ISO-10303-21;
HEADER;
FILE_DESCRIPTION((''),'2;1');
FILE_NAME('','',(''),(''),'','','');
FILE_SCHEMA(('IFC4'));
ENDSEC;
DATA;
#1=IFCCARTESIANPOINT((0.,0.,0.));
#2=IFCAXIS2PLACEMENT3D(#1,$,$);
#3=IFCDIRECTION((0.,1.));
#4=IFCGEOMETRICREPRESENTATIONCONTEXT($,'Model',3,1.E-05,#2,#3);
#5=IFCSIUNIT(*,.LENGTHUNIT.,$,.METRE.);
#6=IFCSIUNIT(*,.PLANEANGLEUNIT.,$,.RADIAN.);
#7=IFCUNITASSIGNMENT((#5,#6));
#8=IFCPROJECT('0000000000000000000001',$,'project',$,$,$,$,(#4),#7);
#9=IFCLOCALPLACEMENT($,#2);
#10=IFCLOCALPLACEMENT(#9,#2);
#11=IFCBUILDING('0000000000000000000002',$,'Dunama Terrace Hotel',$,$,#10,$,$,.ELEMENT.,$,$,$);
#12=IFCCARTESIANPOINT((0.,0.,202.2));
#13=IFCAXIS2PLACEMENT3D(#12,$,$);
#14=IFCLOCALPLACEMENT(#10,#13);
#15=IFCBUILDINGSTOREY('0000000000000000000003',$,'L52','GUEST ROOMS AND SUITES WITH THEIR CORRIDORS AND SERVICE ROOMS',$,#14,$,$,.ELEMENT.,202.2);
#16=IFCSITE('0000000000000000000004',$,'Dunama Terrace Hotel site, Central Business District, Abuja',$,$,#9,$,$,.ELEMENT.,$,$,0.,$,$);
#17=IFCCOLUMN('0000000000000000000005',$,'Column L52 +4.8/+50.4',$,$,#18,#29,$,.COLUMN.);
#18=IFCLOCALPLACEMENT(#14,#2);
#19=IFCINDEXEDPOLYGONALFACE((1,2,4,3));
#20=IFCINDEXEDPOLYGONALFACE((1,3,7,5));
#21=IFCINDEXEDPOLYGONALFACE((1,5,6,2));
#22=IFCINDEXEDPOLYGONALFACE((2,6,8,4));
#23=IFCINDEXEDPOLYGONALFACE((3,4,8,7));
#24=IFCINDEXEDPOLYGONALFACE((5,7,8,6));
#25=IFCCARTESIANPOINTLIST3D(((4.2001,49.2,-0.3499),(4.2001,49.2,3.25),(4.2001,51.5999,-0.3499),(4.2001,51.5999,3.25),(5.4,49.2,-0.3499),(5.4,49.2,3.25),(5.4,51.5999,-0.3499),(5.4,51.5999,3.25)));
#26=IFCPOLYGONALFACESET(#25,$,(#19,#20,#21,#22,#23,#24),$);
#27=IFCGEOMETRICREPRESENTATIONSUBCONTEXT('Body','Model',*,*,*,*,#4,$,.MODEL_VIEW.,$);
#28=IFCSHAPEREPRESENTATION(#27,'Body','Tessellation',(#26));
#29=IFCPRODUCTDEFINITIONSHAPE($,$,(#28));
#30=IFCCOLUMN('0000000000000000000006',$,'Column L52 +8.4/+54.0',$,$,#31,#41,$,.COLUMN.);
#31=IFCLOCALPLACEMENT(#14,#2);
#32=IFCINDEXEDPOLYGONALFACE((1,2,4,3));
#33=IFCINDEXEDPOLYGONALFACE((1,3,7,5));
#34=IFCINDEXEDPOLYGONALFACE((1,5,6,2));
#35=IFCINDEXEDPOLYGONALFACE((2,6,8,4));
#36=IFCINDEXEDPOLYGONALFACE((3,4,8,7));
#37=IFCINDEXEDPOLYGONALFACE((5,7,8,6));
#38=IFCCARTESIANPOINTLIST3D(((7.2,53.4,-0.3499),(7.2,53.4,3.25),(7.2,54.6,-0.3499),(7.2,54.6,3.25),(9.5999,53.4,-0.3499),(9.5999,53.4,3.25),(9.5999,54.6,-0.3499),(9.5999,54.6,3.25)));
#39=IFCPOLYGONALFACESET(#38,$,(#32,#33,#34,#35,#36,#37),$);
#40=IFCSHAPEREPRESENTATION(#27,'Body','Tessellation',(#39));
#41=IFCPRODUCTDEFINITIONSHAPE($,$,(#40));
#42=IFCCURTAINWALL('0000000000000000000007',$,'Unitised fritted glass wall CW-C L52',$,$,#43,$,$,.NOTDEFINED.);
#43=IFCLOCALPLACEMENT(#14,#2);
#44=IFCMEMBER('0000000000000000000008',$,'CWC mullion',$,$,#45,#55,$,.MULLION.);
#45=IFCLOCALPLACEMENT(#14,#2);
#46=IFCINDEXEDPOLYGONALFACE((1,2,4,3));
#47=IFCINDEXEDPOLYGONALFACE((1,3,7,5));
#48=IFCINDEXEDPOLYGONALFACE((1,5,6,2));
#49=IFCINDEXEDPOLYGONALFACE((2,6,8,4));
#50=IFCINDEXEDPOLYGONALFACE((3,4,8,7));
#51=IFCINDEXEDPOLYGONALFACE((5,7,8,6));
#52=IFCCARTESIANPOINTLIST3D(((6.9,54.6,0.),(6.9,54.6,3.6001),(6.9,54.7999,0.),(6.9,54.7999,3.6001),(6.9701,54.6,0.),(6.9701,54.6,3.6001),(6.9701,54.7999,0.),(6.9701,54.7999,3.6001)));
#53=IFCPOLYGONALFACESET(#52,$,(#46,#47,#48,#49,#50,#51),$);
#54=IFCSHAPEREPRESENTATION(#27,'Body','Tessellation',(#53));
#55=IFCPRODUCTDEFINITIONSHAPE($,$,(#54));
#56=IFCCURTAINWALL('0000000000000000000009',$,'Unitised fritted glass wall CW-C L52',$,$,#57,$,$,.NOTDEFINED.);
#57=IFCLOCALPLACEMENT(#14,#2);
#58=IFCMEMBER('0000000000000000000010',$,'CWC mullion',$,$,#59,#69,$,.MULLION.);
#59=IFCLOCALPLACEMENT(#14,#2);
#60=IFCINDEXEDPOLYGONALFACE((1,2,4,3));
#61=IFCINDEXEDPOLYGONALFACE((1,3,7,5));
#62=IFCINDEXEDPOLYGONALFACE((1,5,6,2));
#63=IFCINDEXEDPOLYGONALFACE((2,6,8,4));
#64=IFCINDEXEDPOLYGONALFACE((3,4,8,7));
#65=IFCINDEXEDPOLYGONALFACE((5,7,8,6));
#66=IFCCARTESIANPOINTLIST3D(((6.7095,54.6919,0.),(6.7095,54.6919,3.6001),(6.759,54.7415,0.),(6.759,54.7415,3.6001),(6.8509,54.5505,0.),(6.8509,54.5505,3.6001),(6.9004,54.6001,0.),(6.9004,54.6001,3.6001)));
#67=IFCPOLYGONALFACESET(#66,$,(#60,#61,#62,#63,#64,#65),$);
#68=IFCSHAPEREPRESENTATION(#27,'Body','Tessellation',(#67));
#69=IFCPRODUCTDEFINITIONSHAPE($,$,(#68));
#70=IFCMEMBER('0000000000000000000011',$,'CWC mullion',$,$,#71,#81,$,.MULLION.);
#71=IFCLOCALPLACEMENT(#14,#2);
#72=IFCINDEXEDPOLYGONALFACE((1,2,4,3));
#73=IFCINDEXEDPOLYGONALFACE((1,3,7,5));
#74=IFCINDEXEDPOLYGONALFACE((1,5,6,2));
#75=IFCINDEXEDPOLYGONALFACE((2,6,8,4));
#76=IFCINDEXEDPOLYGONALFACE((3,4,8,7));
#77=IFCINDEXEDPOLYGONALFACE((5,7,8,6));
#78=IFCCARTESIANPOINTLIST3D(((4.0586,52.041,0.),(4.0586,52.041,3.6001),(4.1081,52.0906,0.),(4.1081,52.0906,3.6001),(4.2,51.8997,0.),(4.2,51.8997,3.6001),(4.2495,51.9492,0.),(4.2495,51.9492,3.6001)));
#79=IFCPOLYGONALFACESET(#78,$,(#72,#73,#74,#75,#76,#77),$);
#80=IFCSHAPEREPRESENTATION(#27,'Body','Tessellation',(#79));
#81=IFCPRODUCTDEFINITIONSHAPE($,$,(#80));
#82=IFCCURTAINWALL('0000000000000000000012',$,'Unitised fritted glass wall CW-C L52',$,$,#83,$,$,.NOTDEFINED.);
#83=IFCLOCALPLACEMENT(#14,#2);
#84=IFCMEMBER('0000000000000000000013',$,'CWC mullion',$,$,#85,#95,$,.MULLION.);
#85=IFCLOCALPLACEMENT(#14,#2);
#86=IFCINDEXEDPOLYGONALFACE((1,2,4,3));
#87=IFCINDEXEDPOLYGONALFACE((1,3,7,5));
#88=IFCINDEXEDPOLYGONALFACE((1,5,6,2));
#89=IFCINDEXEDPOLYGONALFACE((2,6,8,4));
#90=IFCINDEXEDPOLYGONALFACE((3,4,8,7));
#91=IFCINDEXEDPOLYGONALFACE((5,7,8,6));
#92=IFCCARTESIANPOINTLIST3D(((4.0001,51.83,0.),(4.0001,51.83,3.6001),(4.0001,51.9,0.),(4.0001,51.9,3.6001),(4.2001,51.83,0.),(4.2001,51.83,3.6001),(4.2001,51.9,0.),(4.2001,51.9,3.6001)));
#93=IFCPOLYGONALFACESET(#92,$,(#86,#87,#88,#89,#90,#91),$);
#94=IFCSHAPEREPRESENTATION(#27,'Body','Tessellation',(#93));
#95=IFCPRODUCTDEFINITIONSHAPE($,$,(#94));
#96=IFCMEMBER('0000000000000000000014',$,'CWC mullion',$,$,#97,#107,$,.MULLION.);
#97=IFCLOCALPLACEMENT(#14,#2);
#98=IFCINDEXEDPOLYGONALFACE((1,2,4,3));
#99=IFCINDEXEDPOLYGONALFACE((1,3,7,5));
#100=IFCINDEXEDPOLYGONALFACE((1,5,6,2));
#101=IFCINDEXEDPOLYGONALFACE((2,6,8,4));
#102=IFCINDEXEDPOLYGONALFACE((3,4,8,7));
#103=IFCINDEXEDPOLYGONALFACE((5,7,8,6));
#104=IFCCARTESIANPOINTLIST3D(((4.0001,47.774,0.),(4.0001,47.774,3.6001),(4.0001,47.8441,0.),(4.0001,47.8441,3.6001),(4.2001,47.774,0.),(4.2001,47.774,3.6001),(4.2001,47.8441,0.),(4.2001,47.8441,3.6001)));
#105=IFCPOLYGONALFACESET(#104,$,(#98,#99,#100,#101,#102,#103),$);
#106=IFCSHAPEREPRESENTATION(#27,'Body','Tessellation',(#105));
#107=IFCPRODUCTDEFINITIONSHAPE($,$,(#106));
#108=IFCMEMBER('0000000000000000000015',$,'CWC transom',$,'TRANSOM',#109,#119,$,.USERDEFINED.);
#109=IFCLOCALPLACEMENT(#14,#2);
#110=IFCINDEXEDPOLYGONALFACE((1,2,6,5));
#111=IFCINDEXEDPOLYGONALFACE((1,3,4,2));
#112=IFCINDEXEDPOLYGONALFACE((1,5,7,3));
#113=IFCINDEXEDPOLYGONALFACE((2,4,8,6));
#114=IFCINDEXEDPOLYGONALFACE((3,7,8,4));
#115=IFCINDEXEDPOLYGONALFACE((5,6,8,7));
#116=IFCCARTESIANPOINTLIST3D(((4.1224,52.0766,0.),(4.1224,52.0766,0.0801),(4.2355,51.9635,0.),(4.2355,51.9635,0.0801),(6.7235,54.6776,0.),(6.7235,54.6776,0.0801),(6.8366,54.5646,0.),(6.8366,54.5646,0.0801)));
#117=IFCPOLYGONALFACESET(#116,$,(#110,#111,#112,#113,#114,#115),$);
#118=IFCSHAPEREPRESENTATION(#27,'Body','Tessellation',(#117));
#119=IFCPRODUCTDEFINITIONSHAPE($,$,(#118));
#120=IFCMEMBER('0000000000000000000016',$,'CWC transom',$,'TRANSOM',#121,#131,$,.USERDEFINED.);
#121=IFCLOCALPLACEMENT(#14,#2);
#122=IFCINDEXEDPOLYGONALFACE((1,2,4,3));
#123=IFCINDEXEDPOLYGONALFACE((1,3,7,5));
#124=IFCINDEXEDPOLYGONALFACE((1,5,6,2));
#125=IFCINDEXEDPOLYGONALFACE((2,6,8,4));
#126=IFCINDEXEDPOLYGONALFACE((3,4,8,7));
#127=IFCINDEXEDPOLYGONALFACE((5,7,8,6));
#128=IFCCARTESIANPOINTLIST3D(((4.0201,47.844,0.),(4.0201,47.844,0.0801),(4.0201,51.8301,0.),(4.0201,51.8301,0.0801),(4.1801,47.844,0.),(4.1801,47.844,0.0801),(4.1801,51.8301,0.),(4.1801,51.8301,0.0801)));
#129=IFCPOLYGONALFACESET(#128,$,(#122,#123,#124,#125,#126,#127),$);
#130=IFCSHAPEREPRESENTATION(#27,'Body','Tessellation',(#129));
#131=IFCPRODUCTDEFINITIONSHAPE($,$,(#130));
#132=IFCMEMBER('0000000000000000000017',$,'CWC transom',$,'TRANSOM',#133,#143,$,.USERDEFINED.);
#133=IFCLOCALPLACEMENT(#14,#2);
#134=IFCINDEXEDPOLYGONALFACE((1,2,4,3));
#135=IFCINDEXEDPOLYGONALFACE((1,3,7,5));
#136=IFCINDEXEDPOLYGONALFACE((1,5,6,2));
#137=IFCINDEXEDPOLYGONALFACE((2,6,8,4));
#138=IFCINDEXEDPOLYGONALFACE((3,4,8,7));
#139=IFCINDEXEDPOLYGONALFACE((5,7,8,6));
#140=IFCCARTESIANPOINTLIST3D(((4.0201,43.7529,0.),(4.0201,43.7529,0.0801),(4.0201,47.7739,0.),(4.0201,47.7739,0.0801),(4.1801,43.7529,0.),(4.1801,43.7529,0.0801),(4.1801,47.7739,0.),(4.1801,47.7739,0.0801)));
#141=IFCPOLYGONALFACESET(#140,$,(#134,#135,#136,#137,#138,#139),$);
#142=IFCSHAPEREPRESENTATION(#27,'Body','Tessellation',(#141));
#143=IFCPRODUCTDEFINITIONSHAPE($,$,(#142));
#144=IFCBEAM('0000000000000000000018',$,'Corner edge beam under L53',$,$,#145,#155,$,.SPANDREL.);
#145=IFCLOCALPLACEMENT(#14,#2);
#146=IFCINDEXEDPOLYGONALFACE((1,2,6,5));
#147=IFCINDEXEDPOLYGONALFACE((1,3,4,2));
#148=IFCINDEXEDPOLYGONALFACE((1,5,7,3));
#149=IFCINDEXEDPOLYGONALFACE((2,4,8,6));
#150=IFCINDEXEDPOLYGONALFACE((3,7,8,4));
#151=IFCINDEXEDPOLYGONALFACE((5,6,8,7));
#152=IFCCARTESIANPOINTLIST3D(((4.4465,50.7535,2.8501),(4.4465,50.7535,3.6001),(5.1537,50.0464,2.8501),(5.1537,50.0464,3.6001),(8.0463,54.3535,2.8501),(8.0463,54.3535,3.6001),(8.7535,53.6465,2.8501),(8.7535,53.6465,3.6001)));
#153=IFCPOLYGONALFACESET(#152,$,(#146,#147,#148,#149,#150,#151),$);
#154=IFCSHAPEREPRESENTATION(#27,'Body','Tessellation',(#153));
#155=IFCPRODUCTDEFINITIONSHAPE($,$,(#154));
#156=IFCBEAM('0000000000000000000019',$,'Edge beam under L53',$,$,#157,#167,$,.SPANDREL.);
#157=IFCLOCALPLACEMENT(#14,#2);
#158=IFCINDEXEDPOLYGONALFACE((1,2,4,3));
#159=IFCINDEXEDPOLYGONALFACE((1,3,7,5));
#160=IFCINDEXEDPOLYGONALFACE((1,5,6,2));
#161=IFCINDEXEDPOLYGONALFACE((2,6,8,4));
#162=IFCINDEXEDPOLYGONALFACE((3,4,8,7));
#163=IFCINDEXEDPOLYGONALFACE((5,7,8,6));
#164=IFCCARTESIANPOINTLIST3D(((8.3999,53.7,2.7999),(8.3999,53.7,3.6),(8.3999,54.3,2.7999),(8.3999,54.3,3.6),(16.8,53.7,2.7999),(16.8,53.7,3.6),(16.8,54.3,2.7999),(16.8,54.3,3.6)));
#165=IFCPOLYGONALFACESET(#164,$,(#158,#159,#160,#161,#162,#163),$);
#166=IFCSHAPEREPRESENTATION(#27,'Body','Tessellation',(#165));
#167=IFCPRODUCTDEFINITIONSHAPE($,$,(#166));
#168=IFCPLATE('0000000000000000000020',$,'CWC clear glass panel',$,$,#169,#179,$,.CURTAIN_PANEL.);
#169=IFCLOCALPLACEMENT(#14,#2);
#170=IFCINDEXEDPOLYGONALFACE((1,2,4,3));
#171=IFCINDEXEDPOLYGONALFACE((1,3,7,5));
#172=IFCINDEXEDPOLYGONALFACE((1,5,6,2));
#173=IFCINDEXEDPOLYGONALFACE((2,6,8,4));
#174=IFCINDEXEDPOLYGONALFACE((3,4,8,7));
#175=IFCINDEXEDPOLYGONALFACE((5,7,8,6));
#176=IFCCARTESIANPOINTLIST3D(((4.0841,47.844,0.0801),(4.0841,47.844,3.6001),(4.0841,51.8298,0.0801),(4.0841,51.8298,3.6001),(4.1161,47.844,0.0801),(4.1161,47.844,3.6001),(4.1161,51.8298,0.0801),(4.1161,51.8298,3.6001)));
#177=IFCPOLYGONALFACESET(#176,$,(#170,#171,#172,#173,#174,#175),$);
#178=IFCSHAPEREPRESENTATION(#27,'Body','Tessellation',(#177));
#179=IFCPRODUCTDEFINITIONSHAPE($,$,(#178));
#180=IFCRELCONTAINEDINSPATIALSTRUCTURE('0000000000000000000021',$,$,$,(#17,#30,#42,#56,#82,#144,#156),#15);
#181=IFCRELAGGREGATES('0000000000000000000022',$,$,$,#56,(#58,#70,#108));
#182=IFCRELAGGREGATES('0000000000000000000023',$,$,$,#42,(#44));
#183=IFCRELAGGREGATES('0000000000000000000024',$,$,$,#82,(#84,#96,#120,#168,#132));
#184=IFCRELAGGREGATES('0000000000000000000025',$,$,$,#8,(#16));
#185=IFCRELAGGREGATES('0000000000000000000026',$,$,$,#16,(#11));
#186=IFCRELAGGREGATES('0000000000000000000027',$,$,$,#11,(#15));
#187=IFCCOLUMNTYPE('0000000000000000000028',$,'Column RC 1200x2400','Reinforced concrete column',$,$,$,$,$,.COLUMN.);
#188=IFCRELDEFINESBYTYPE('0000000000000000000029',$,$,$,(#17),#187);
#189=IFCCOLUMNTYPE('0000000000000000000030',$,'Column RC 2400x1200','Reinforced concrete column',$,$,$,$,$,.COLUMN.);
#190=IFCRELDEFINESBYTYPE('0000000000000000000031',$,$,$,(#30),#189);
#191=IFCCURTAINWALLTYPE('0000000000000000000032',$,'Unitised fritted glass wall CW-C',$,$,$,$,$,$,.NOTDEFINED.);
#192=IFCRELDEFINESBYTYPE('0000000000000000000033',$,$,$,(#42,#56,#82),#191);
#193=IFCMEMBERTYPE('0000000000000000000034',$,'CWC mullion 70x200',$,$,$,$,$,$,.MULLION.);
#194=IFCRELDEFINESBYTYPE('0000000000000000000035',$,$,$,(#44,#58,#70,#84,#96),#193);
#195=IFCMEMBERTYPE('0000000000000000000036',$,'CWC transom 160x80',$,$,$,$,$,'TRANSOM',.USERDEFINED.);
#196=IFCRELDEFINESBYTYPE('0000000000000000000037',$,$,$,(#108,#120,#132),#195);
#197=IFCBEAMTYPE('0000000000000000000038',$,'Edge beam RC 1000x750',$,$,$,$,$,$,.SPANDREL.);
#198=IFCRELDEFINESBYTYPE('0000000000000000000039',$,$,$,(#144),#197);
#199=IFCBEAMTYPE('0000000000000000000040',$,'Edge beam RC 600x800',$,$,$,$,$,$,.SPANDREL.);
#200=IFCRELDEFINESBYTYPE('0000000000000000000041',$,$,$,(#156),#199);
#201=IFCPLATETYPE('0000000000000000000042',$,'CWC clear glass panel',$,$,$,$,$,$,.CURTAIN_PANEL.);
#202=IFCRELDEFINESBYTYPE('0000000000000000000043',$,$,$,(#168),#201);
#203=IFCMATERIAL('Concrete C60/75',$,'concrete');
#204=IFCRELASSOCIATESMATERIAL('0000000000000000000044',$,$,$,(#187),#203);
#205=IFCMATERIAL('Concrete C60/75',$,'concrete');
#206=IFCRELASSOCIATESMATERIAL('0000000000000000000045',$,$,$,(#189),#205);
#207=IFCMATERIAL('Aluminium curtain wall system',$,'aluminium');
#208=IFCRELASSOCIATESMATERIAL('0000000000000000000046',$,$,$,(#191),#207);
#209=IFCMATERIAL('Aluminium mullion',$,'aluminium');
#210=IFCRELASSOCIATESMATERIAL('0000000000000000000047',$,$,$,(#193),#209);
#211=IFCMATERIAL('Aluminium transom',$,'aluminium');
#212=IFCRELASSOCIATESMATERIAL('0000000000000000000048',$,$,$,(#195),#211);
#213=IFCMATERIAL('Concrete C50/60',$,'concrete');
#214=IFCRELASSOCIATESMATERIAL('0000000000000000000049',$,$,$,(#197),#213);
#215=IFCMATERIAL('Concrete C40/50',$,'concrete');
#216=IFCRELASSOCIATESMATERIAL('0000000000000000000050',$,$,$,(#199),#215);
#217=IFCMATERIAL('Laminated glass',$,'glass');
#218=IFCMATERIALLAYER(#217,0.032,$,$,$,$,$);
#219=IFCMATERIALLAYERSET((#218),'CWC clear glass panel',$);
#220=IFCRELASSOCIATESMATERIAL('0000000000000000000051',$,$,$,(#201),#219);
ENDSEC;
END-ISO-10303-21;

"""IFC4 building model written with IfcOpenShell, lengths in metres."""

from ifc_helpers import new_model, si_unit, direction, frame, origin, origin_2d, place, context, subcontext, project, spatial, rectangle, extrude, material, layer, layer_set, material_profile, profile_set, type_object, element, aggregate, save


model = new_model("IFC4")

# Units and contexts
model_context = context("Model", 3, precision=1e-05, world=origin(), true_north=direction((0.0, 1.0)))
body_context = subcontext(model_context, "Body", "Model", "MODEL_VIEW")
ifc_project = project(units=[si_unit("LENGTHUNIT", "METRE"), si_unit("PLANEANGLEUNIT", "RADIAN")], contexts=[model_context])

# Site, building, storey
site_placement = place(None, origin())
site = spatial("IfcSite", under=ifc_project, at=site_placement, Name="Dunama Terrace Hotel site, Central Business District, Abuja", CompositionType="ELEMENT", RefElevation=0.0)
building_placement = place(site_placement, origin())
building = spatial("IfcBuilding", under=site, at=building_placement, Name="Dunama Terrace Hotel", CompositionType="ELEMENT")
storey_placement = place(building_placement, frame((0.0, 0.0, 202.2)))
storey = spatial("IfcBuildingStorey", under=building, at=storey_placement, Name="L52", Description="GUEST ROOMS AND SUITES WITH THEIR CORRIDORS AND SERVICE ROOMS", CompositionType="ELEMENT", Elevation=202.2)

# Columns
ifc_material_1 = material(Name="Concrete C60/75", Category="concrete")
ifc_material_profile_1 = material_profile(ifc_material_1, rectangle(XDim=1.2, YDim=2.3999, at=origin_2d()), Name="RC 1200x2400")
ifc_profile_set_1 = profile_set([ifc_material_profile_1], Name="Concrete C60/75")
column_type_1 = type_object("IfcColumnType", Name="Column RC 1200x2400", Description="Reinforced concrete column", PredefinedType="COLUMN", material=ifc_profile_set_1)
column_1_placement = place(storey_placement, frame((4.8, 50.3999, -0.3499), z_axis=(0.0, 0.0, 1.0), x_axis=(1.0, 0.0, 0.0)))
element("IfcColumn", 1, at=column_1_placement, inside=storey, type_object=column_type_1, Name="Column L52 +4.8/+50.4", PredefinedType="COLUMN", context=body_context, shape_type="SweptSolid", body=[
    extrude(rectangle(XDim=1.2, YDim=2.3999, at=origin_2d()), origin(), (0.0, 0.0, 1.0), 3.5999),
])
ifc_material_2 = material(Name="Concrete C60/75", Category="concrete")
ifc_material_profile_2 = material_profile(ifc_material_2, rectangle(XDim=2.3999, YDim=1.2, at=origin_2d()), Name="RC 2400x1200")
ifc_profile_set_2 = profile_set([ifc_material_profile_2], Name="Concrete C60/75")
column_type_2 = type_object("IfcColumnType", Name="Column RC 2400x1200", Description="Reinforced concrete column", PredefinedType="COLUMN", material=ifc_profile_set_2)
column_2_placement = place(storey_placement, frame((8.3999, 54.0, -0.3499), z_axis=(0.0, 0.0, 1.0), x_axis=(1.0, 0.0, 0.0)))
element("IfcColumn", 2, at=column_2_placement, inside=storey, type_object=column_type_2, Name="Column L52 +8.4/+54.0", PredefinedType="COLUMN", context=body_context, shape_type="SweptSolid", body=[
    extrude(rectangle(XDim=2.3999, YDim=1.2, at=origin_2d()), origin(), (0.0, 0.0, 1.0), 3.5999),
])

# Curtain wall, member
ifc_material_3 = material(Name="Aluminium curtain wall system", Category="aluminium")
curtain_wall_type = type_object("IfcCurtainWallType", Name="Unitised fritted glass wall CW-C", PredefinedType="NOTDEFINED", material=ifc_material_3)
curtain_wall_1_placement = place(storey_placement, origin())
curtain_wall_1 = element("IfcCurtainWall", 3, at=curtain_wall_1_placement, inside=storey, type_object=curtain_wall_type, Name="Unitised fritted glass wall CW-C L52", PredefinedType="NOTDEFINED")
ifc_material_4 = material(Name="Aluminium mullion", Category="aluminium")
ifc_material_profile_3 = material_profile(ifc_material_4, rectangle(XDim=0.0701, YDim=0.2, at=origin_2d()), Name="CWC MULLION 70X200")
ifc_profile_set_3 = profile_set([ifc_material_profile_3], Name="Aluminium mullion")
member_type_1 = type_object("IfcMemberType", Name="CWC mullion 70x200", PredefinedType="MULLION", material=ifc_profile_set_3)
member_1_placement = place(storey_placement, frame((6.9351, 54.7, 0.0), z_axis=(0.0, 0.0, 1.0), x_axis=(-1.0, 0.0, 0.0)))
member_1 = element("IfcMember", 4, at=member_1_placement, type_object=member_type_1, Name="CWC mullion", PredefinedType="MULLION", context=body_context, shape_type="SweptSolid", body=[
    extrude(rectangle(XDim=0.0701, YDim=0.2, at=origin_2d()), origin(), (0.0, 0.0, 1.0), 3.6001),
])

# Curtain walls, members
curtain_wall_2_placement = place(storey_placement, origin())
curtain_wall_2 = element("IfcCurtainWall", 5, at=curtain_wall_2_placement, inside=storey, type_object=curtain_wall_type, Name="Unitised fritted glass wall CW-C L52", PredefinedType="NOTDEFINED")
member_2_placement = place(storey_placement, frame((6.8049, 54.646, 0.0), z_axis=(0.0, 0.0, 1.0), x_axis=(-0.707107, -0.707107, 0.0)))
member_2 = element("IfcMember", 6, at=member_2_placement, type_object=member_type_1, Name="CWC mullion", PredefinedType="MULLION", context=body_context, shape_type="SweptSolid", body=[
    extrude(rectangle(XDim=0.0701, YDim=0.2, at=origin_2d()), origin(), (0.0, 0.0, 1.0), 3.6001),
])
member_3_placement = place(storey_placement, frame((4.1541, 51.9951, 0.0), z_axis=(0.0, 0.0, 1.0), x_axis=(-0.707107, -0.707107, 0.0)))
member_3 = element("IfcMember", 7, at=member_3_placement, type_object=member_type_1, Name="CWC mullion", PredefinedType="MULLION", context=body_context, shape_type="SweptSolid", body=[
    extrude(rectangle(XDim=0.0701, YDim=0.2, at=origin_2d()), origin(), (0.0, 0.0, 1.0), 3.6001),
])
curtain_wall_3_placement = place(storey_placement, origin())
curtain_wall_3 = element("IfcCurtainWall", 8, at=curtain_wall_3_placement, inside=storey, type_object=curtain_wall_type, Name="Unitised fritted glass wall CW-C L52", PredefinedType="NOTDEFINED")
member_4_placement = place(storey_placement, frame((4.1001, 51.865, 0.0), z_axis=(0.0, 0.0, 1.0), x_axis=(0.0, -1.0, 0.0)))
member_4 = element("IfcMember", 9, at=member_4_placement, type_object=member_type_1, Name="CWC mullion", PredefinedType="MULLION", context=body_context, shape_type="SweptSolid", body=[
    extrude(rectangle(XDim=0.0701, YDim=0.2, at=origin_2d()), origin(), (0.0, 0.0, 1.0), 3.6001),
])
member_5_placement = place(storey_placement, frame((4.1001, 47.8091, 0.0), z_axis=(0.0, 0.0, 1.0), x_axis=(0.0, -1.0, 0.0)))
member_5 = element("IfcMember", 10, at=member_5_placement, type_object=member_type_1, Name="CWC mullion", PredefinedType="MULLION", context=body_context, shape_type="SweptSolid", body=[
    extrude(rectangle(XDim=0.0701, YDim=0.2, at=origin_2d()), origin(), (0.0, 0.0, 1.0), 3.6001),
])

# Members
ifc_material_5 = material(Name="Aluminium transom", Category="aluminium")
ifc_material_profile_4 = material_profile(ifc_material_5, rectangle(XDim=0.1599, YDim=0.0801, at=origin_2d()), Name="CWC TRANSOM 160X80")
ifc_profile_set_4 = profile_set([ifc_material_profile_4], Name="Aluminium transom")
member_type_2 = type_object("IfcMemberType", Name="CWC transom 160x80", ElementType="TRANSOM", PredefinedType="USERDEFINED", material=ifc_profile_set_4)
member_6_placement = place(storey_placement, frame((6.78, 54.6211, 0.04), z_axis=(-0.707107, -0.707107, 0.0), x_axis=(0.707107, -0.707107, 0.0)))
member_6 = element("IfcMember", 11, at=member_6_placement, type_object=member_type_2, Name="CWC transom", ObjectType="TRANSOM", PredefinedType="USERDEFINED", context=body_context, shape_type="SweptSolid", body=[
    extrude(rectangle(XDim=0.1599, YDim=0.0801, at=origin_2d()), origin(), (0.0, 0.0, 1.0), 3.6785),
])
member_7_placement = place(storey_placement, frame((4.1001, 51.8301, 0.04), z_axis=(0.0, -1.0, 0.0), x_axis=(1.0, 0.0, 0.0)))
member_7 = element("IfcMember", 12, at=member_7_placement, type_object=member_type_2, Name="CWC transom", ObjectType="TRANSOM", PredefinedType="USERDEFINED", context=body_context, shape_type="SweptSolid", body=[
    extrude(rectangle(XDim=0.1599, YDim=0.0801, at=origin_2d()), origin(), (0.0, 0.0, 1.0), 3.9861),
])
member_8_placement = place(storey_placement, frame((4.1001, 47.7739, 0.04), z_axis=(0.0, -1.0, 0.0), x_axis=(1.0, 0.0, 0.0)))
member_8 = element("IfcMember", 13, at=member_8_placement, type_object=member_type_2, Name="CWC transom", ObjectType="TRANSOM", PredefinedType="USERDEFINED", context=body_context, shape_type="SweptSolid", body=[
    extrude(rectangle(XDim=0.1599, YDim=0.0801, at=origin_2d()), origin(), (0.0, 0.0, 1.0), 4.021),
])

# Beams
ifc_material_6 = material(Name="Concrete C50/60", Category="concrete")
ifc_material_profile_5 = material_profile(ifc_material_6, rectangle(XDim=1.0, YDim=0.75, at=origin_2d()), Name="RC 1000x750")
ifc_profile_set_5 = profile_set([ifc_material_profile_5], Name="Concrete C50/60")
beam_type_1 = type_object("IfcBeamType", Name="Edge beam RC 1000x750", PredefinedType="SPANDREL", material=ifc_profile_set_5)
beam_1_placement = place(storey_placement, frame((8.3999, 54.0, 3.2251), z_axis=(-0.707083, -0.707131, 0.0), x_axis=(0.707131, -0.707083, 0.0)))
element("IfcBeam", 14, at=beam_1_placement, inside=storey, type_object=beam_type_1, Name="Corner edge beam under L53", PredefinedType="SPANDREL", context=body_context, shape_type="SweptSolid", body=[
    extrude(rectangle(XDim=1.0, YDim=0.75, at=origin_2d()), origin(), (0.0, 0.0, 1.0), 5.0911),
])
ifc_material_7 = material(Name="Concrete C40/50", Category="concrete")
ifc_material_profile_6 = material_profile(ifc_material_7, rectangle(XDim=0.6001, YDim=0.8, at=origin_2d()), Name="RC 600x800")
ifc_profile_set_6 = profile_set([ifc_material_profile_6], Name="Concrete C40/50")
beam_type_2 = type_object("IfcBeamType", Name="Edge beam RC 600x800", PredefinedType="SPANDREL", material=ifc_profile_set_6)
beam_2_placement = place(storey_placement, frame((8.3999, 54.0, 3.2), z_axis=(1.0, 0.0, 0.0), x_axis=(0.0, 1.0, 0.0)))
element("IfcBeam", 15, at=beam_2_placement, inside=storey, type_object=beam_type_2, Name="Edge beam under L53", PredefinedType="SPANDREL", context=body_context, shape_type="SweptSolid", body=[
    extrude(rectangle(XDim=0.6001, YDim=0.8, at=origin_2d()), origin(), (0.0, 0.0, 1.0), 8.4001),
])

# Plate
ifc_material_8 = material(Name="Laminated glass", Category="glass")
ifc_layer_1 = layer(ifc_material_8, 0.032)
ifc_layer_set_1 = layer_set([ifc_layer_1], Name="CWC clear glass panel")
plate_type_1 = type_object("IfcPlateType", Name="CWC clear glass panel", PredefinedType="CURTAIN_PANEL", material=ifc_layer_set_1)
plate_1_placement = place(storey_placement, frame((4.1001, 49.8369, 0.0801), z_axis=(0.0, 0.0, 1.0), x_axis=(0.0, -1.0, 0.0)))
plate_1 = element("IfcPlate", 16, at=plate_1_placement, type_object=plate_type_1, Name="CWC clear glass panel", PredefinedType="CURTAIN_PANEL", context=body_context, shape_type="SweptSolid", body=[
    extrude(rectangle(XDim=3.9858, YDim=0.032, at=origin_2d()), origin(), (0.0, 0.0, 1.0), 3.52),
])
aggregate(curtain_wall_2, [member_2, member_3, member_6])
aggregate(curtain_wall_1, [member_1])
aggregate(curtain_wall_3, [member_4, member_5, member_7, plate_1, member_8])

save(model, "model.ifc")
